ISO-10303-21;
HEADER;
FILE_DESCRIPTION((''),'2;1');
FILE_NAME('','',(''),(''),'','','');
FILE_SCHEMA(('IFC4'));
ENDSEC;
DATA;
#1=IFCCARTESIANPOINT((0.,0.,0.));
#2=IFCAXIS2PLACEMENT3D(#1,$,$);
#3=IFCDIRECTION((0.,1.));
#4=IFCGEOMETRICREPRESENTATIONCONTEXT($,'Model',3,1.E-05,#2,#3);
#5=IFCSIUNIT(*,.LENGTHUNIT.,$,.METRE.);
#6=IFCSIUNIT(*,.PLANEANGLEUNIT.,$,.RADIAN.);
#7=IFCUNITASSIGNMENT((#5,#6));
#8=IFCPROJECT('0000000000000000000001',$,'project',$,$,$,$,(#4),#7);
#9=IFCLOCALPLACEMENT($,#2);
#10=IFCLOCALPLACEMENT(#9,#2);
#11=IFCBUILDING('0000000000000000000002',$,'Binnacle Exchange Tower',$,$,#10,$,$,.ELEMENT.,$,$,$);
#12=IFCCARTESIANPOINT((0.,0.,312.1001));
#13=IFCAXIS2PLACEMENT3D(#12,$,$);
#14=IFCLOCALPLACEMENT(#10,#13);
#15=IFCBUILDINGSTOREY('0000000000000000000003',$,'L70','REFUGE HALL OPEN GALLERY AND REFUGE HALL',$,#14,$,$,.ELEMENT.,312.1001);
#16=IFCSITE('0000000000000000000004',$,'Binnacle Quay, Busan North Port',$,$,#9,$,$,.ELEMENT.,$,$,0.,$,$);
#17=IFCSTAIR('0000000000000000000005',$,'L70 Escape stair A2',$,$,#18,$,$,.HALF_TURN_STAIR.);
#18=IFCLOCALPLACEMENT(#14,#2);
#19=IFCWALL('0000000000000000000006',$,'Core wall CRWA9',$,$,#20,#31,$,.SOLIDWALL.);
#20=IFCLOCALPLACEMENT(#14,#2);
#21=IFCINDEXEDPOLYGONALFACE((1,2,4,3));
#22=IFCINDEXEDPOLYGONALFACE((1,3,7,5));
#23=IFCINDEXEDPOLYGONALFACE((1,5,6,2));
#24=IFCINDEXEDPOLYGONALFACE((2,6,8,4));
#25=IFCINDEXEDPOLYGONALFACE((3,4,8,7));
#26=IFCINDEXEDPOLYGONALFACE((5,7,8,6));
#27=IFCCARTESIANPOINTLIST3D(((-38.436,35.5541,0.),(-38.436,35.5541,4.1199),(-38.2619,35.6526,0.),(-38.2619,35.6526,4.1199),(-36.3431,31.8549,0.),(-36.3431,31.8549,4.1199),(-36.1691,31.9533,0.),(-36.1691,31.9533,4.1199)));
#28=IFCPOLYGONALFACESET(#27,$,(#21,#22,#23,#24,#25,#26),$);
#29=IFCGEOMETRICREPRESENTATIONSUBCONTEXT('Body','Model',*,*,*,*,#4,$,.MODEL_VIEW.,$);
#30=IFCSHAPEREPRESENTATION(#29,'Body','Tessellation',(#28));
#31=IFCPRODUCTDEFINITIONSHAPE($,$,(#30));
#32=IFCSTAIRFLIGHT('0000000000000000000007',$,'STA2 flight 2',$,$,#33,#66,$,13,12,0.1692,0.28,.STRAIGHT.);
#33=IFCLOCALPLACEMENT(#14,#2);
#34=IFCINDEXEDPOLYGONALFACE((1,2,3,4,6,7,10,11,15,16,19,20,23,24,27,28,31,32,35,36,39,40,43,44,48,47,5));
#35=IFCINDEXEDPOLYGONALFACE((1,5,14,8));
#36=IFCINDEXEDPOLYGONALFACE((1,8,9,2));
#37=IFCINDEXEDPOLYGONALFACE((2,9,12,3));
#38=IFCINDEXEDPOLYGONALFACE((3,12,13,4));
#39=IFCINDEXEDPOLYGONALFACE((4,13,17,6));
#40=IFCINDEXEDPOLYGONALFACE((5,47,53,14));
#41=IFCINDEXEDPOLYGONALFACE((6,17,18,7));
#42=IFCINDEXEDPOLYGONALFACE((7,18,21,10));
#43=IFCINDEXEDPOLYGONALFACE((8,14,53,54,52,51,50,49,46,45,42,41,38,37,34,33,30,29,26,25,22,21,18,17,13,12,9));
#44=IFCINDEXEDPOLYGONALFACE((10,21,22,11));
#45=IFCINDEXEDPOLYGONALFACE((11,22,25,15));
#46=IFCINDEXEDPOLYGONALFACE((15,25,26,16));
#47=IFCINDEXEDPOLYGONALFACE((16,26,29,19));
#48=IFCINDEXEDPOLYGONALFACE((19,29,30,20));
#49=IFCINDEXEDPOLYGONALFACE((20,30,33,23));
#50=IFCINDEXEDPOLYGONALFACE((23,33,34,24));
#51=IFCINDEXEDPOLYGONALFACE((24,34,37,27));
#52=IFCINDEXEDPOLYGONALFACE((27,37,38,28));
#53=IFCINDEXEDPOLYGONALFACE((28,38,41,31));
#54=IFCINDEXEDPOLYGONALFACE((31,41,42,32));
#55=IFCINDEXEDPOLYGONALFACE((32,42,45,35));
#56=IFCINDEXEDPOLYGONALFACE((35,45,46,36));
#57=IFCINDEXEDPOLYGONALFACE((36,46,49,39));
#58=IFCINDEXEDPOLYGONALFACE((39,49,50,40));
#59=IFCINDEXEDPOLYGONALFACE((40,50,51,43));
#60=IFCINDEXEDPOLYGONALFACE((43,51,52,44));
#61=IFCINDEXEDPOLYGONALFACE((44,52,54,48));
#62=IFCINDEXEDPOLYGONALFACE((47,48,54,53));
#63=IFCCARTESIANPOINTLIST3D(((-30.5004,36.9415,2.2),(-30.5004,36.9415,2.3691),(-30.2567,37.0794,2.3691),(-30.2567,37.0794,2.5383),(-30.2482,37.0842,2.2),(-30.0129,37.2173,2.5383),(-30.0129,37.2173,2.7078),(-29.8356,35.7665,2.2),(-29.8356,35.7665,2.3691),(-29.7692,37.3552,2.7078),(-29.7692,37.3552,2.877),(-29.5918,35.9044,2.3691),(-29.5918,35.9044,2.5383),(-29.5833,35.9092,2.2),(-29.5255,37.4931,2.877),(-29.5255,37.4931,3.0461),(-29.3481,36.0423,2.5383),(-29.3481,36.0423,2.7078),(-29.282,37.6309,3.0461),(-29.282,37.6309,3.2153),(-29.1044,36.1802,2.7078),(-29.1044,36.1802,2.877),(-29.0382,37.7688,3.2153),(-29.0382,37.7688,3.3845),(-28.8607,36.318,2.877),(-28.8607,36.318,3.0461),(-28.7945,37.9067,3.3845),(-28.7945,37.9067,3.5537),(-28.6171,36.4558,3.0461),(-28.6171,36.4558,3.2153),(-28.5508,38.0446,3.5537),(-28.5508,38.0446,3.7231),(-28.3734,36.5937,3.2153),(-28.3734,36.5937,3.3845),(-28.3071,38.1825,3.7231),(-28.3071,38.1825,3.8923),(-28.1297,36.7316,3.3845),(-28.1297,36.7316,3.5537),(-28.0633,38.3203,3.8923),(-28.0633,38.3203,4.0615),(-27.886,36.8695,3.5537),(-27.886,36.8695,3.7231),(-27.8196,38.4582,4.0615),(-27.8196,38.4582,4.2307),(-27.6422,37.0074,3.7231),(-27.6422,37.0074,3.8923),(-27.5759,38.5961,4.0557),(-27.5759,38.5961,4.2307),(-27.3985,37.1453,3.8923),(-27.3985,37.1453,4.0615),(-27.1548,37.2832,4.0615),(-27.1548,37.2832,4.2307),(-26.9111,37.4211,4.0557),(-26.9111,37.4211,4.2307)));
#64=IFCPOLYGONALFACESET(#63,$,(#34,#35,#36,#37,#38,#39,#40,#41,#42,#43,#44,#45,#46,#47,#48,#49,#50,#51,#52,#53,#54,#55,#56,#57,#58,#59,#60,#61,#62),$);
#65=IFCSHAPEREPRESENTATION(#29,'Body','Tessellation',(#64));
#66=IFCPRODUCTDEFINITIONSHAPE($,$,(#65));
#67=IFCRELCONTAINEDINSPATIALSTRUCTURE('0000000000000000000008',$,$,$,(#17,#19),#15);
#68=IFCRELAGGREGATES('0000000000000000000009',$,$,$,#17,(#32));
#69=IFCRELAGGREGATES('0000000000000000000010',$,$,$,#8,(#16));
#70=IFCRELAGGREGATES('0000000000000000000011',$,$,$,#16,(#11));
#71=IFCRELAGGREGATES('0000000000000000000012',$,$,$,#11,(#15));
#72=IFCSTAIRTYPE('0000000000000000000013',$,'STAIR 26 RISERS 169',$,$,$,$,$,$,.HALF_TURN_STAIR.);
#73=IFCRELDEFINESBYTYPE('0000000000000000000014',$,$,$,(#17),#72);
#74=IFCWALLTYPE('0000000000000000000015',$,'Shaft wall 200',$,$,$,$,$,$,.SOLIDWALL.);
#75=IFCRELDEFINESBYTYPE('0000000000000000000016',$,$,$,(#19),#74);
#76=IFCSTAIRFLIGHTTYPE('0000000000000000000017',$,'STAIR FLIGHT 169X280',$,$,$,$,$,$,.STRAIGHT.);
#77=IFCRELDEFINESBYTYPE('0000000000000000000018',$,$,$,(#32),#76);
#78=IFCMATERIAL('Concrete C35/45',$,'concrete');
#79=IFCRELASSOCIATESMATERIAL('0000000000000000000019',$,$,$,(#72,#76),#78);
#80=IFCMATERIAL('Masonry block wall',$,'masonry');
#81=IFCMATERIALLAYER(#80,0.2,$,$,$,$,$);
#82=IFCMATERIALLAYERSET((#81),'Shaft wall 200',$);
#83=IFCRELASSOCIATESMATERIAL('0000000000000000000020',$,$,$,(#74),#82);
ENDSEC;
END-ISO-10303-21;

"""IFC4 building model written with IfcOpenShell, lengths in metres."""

from ifc_helpers import new_model, si_unit, direction, frame, frame_2d, origin, place, context, subcontext, project, spatial, polyline, rectangle, outline, extrude, material, layer, layer_set, type_object, element, aggregate, save


model = new_model("IFC4")

# Units and contexts
model_context = context("Model", 3, precision=1e-05, world=origin(), true_north=direction((0.0, 1.0)))
body_context = subcontext(model_context, "Body", "Model", "MODEL_VIEW")
ifc_project = project(units=[si_unit("LENGTHUNIT", "METRE"), si_unit("PLANEANGLEUNIT", "RADIAN")], contexts=[model_context])

# Site, building, storey
site_placement = place(None, origin())
site = spatial("IfcSite", under=ifc_project, at=site_placement, Name="Binnacle Quay, Busan North Port", CompositionType="ELEMENT", RefElevation=0.0)
building_placement = place(site_placement, origin())
building = spatial("IfcBuilding", under=site, at=building_placement, Name="Binnacle Exchange Tower", CompositionType="ELEMENT")
storey_placement = place(building_placement, frame((0.0, 0.0, 312.1001)))
storey = spatial("IfcBuildingStorey", under=building, at=storey_placement, Name="L70", Description="REFUGE HALL OPEN GALLERY AND REFUGE HALL", CompositionType="ELEMENT", Elevation=312.1001)

# Shared definitions
ifc_material_1 = material(Name="Concrete C35/45", Category="concrete")

# Stair
stair_type = type_object("IfcStairType", Name="STAIR 26 RISERS 169", PredefinedType="HALF_TURN_STAIR", material=ifc_material_1)
stair_1_placement = place(storey_placement, origin())
stair_1 = element("IfcStair", 1, at=stair_1_placement, inside=storey, type_object=stair_type, Name="L70 Escape stair A2", PredefinedType="HALF_TURN_STAIR")

# Wall
ifc_material_2 = material(Name="Masonry block wall", Category="masonry")
ifc_layer_1 = layer(ifc_material_2, 0.2)
ifc_layer_set_1 = layer_set([ifc_layer_1], Name="Shaft wall 200")
wall_type_1 = type_object("IfcWallType", Name="Shaft wall 200", PredefinedType="SOLIDWALL", material=ifc_layer_set_1)
wall_1_placement = place(storey_placement, frame((-38.3489, 35.6033, 0.0), z_axis=(0.0, 0.0, 1.0), x_axis=(0.492398, -0.87037, 0.0)))
element("IfcWall", 2, at=wall_1_placement, inside=storey, type_object=wall_type_1, Name="Core wall CRWA9", PredefinedType="SOLIDWALL", context=body_context, shape_type="SweptSolid", body=[
    extrude(rectangle(XDim=4.2502, YDim=0.2, at=frame_2d((2.125, 0.0))), origin(), (0.0, 0.0, 1.0), 4.1199),
])

# Stair flight
stair_flight_type = type_object("IfcStairFlightType", Name="STAIR FLIGHT 169X280", PredefinedType="STRAIGHT", material=ifc_material_1)
stair_flight_placement = place(storey_placement, frame((-30.168, 36.354, 2.2), z_axis=(0.0, 0.0, 1.0), x_axis=(0.870356, 0.492424, 0.0)))
stair_flight = element("IfcStairFlight", 3, at=stair_flight_placement, type_object=stair_flight_type, Name="STA2 flight 2", NumberOfRisers=13, NumberOfTreads=12, PredefinedType="STRAIGHT", RiserHeight=0.1692, TreadLength=0.28, context=body_context, shape_type="SweptSolid", body=[
    extrude(outline(polyline([(0.0, 0.0), (0.0, 0.1692), (0.28, 0.1692), (0.28, 0.3384), (0.5601, 0.3384), (0.5601, 0.5078), (0.8401, 0.5078), (0.8401, 0.677), (1.1201, 0.677), (1.1201, 0.8462), (1.3999, 0.8462), (1.3999, 1.0154), (1.6799, 1.0154), (1.6799, 1.1846), (1.96, 1.1846), (1.96, 1.3538), (2.24, 1.3538), (2.24, 1.5232), (2.52, 1.5232), (2.52, 1.6924), (2.8, 1.6924), (2.8, 1.8616), (3.0801, 1.8616), (3.0801, 2.0308), (3.3601, 2.0308), (3.3601, 2.2), (3.3601, 1.8557), (0.2898, 0.0), (0.0, 0.0)])), frame((0.0, 0.675, 0.0), z_axis=(0.0, -1.0, 0.0), x_axis=(1.0, 0.0, 0.0)), (0.0, 0.0, 1.0), 1.3501),
])
aggregate(stair_1, [stair_flight])

save(model, "model.ifc")
